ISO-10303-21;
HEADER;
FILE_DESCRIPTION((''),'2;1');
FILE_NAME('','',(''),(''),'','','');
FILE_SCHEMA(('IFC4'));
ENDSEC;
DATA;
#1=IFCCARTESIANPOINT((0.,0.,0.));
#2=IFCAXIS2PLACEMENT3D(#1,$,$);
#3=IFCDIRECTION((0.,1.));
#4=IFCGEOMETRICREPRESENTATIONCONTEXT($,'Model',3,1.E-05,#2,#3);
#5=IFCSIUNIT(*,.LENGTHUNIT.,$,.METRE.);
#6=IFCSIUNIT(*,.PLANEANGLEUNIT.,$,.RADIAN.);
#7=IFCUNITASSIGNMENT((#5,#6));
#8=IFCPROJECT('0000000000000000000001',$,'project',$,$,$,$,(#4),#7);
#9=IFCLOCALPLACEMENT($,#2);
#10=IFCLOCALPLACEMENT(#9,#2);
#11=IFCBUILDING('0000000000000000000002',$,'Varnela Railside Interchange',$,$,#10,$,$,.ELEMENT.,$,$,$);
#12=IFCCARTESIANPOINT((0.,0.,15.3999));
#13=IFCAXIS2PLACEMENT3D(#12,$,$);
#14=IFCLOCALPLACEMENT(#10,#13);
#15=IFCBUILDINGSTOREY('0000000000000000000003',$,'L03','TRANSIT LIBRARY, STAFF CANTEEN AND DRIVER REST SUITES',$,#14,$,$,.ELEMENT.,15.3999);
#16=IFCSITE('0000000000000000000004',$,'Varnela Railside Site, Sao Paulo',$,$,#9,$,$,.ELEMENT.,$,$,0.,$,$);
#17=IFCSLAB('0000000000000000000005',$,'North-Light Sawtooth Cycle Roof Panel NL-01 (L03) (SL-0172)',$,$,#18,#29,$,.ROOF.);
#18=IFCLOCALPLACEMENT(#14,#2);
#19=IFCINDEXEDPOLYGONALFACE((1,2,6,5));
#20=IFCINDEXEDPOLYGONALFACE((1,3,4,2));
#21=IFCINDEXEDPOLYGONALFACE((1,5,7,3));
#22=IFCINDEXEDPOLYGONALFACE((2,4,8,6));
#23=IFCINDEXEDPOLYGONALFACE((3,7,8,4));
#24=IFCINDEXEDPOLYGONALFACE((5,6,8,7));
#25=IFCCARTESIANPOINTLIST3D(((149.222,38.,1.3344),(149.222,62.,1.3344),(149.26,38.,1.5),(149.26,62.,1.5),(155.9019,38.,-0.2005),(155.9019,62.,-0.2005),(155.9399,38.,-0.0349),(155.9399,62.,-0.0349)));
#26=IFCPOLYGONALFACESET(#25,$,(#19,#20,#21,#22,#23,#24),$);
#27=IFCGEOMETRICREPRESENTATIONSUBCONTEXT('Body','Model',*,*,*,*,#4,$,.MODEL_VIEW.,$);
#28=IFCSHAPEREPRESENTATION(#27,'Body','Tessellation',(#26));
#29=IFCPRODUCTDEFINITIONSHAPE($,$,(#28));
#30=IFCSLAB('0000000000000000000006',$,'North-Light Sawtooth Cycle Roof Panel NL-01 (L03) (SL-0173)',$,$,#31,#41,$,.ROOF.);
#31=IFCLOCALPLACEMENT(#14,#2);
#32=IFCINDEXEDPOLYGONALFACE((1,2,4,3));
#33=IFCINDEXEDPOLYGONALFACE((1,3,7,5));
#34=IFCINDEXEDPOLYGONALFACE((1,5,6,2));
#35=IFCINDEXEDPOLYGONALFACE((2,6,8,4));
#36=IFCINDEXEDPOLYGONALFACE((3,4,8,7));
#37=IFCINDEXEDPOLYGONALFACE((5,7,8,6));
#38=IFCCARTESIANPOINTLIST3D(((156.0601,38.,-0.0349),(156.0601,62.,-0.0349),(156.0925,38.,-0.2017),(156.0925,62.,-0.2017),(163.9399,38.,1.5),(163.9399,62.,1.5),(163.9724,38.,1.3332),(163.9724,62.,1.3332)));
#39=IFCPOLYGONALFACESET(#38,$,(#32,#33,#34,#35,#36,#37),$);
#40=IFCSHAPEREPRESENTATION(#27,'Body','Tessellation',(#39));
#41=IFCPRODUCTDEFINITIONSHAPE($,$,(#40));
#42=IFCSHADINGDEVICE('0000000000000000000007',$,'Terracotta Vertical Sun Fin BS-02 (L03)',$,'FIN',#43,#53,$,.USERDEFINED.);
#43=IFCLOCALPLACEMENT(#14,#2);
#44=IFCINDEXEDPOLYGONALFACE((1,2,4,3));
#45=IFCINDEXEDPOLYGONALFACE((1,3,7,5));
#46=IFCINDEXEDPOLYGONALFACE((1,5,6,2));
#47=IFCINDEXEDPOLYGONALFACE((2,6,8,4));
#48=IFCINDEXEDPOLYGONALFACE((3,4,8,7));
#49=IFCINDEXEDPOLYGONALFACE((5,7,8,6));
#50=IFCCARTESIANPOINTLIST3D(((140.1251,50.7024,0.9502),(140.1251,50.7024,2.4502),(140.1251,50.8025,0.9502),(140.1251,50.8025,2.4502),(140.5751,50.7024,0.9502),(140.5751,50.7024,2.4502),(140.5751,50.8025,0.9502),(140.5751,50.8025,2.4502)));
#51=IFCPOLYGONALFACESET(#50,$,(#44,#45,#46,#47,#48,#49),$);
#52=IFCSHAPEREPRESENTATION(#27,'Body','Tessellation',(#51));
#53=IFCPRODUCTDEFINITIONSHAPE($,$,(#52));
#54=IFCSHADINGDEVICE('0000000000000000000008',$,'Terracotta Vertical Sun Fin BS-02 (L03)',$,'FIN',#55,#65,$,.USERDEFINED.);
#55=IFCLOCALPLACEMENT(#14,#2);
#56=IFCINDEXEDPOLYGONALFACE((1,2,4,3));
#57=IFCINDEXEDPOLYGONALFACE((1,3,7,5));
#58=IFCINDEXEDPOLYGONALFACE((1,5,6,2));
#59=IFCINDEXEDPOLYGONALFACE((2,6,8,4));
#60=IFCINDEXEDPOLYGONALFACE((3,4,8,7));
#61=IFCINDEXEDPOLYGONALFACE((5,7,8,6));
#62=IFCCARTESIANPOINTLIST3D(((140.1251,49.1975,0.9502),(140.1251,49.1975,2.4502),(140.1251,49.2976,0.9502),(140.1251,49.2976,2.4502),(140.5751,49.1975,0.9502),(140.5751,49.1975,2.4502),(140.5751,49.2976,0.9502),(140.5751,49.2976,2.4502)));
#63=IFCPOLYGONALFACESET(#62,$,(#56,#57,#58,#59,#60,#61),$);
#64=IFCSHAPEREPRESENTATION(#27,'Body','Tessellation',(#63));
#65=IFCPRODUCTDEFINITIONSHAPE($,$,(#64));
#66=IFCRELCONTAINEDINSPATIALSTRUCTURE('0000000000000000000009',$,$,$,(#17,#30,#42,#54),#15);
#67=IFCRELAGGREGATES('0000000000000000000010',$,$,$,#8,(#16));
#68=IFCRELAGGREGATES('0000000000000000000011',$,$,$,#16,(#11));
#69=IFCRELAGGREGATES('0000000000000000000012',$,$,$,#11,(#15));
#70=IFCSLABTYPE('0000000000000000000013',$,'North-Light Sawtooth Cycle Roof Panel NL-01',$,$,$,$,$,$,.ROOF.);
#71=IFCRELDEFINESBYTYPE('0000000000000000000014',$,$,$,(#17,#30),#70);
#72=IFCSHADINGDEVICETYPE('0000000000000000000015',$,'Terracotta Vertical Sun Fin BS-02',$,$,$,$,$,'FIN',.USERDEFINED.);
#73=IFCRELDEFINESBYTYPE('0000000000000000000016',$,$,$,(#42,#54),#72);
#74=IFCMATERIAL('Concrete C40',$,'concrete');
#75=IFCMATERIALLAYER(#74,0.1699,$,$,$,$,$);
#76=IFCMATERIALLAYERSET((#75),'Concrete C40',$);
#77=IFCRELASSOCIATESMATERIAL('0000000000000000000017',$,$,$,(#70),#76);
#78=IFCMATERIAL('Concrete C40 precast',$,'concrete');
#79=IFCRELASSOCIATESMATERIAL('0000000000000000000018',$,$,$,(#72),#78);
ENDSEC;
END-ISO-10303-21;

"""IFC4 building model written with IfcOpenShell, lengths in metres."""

from ifc_helpers import new_model, si_unit, direction, frame, origin, origin_2d, place, context, subcontext, project, spatial, polyline, rectangle, outline, extrude, material, layer, layer_set, type_object, element, save


model = new_model("IFC4")

# Units and contexts
model_context = context("Model", 3, precision=1e-05, world=origin(), true_north=direction((0.0, 1.0)))
body_context = subcontext(model_context, "Body", "Model", "MODEL_VIEW")
ifc_project = project(units=[si_unit("LENGTHUNIT", "METRE"), si_unit("PLANEANGLEUNIT", "RADIAN")], contexts=[model_context])

# Site, building, storey
site_placement = place(None, origin())
site = spatial("IfcSite", under=ifc_project, at=site_placement, Name="Varnela Railside Site, Sao Paulo", CompositionType="ELEMENT", RefElevation=0.0)
building_placement = place(site_placement, origin())
building = spatial("IfcBuilding", under=site, at=building_placement, Name="Varnela Railside Interchange", CompositionType="ELEMENT")
storey_placement = place(building_placement, frame((0.0, 0.0, 15.3999)))
storey = spatial("IfcBuildingStorey", under=building, at=storey_placement, Name="L03", Description="TRANSIT LIBRARY, STAFF CANTEEN AND DRIVER REST SUITES", CompositionType="ELEMENT", Elevation=15.3999)

# Slabs
ifc_material_1 = material(Name="Concrete C40", Category="concrete")
ifc_layer_1 = layer(ifc_material_1, 0.1699)
ifc_layer_set_1 = layer_set([ifc_layer_1], Name="Concrete C40")
slab_type = type_object("IfcSlabType", Name="North-Light Sawtooth Cycle Roof Panel NL-01", PredefinedType="ROOF", material=ifc_layer_set_1)
for number, where, z_axis, x_axis, name in (
    (1, (149.26, 38.0, 1.5), (0.223944, 0.0, 0.974602), (0.974602, 0.0, -0.223944), "North-Light Sawtooth Cycle Roof Panel NL-01 (L03) (SL-0172)"),
):
    element("IfcSlab", number, at=place(storey_placement, frame(where, z_axis=z_axis, x_axis=x_axis)), inside=storey, type_object=slab_type, Name=name, PredefinedType="ROOF", context=body_context, shape_type="SweptSolid", body=[
        extrude(outline(polyline([(0.0, 0.0), (6.854, 0.0), (6.854, 24.0), (0.0, 24.0), (0.0, 0.0)])), origin(), (0.0, 0.0, -1.0), 0.1699),
    ])
slab_placement = place(storey_placement, frame((156.0601, 38.0, -0.0349), z_axis=(-0.191195, 0.0, 0.981552), x_axis=(0.981552, 0.0, 0.191195)))
element("IfcSlab", 2, at=slab_placement, inside=storey, type_object=slab_type, Name="North-Light Sawtooth Cycle Roof Panel NL-01 (L03) (SL-0173)", PredefinedType="ROOF", context=body_context, shape_type="SweptSolid", body=[
    extrude(outline(polyline([(0.0, 0.0), (8.028, 0.0), (8.028, 24.0), (0.0, 24.0), (0.0, 0.0)])), origin(), (0.0, 0.0, -1.0), 0.1699),
])

# Shading devices
ifc_material_2 = material(Name="Concrete C40 precast", Category="concrete")
shading_device_type = type_object("IfcShadingDeviceType", Name="Terracotta Vertical Sun Fin BS-02", ElementType="FIN", PredefinedType="USERDEFINED", material=ifc_material_2)
for number, where, z_axis, x_axis, name in (
    (3, (140.3501, 50.7524, 0.9502), (0.0, 0.0, 1.0), (1.0, 0.0, 0.0), "Terracotta Vertical Sun Fin BS-02 (L03)"),
    (4, (140.3501, 49.2476, 0.9502), (0.0, 0.0, 1.0), (1.0, 0.0, 0.0), "Terracotta Vertical Sun Fin BS-02 (L03)"),
):
    element("IfcShadingDevice", number, at=place(storey_placement, frame(where, z_axis=z_axis, x_axis=x_axis)), inside=storey, type_object=shading_device_type, Name=name, ObjectType="FIN", PredefinedType="USERDEFINED", context=body_context, shape_type="SweptSolid", body=[
        extrude(rectangle(XDim=0.45, YDim=0.1001, at=origin_2d()), origin(), (0.0, 0.0, 1.0), 1.5),
    ])

save(model, "model.ifc")
